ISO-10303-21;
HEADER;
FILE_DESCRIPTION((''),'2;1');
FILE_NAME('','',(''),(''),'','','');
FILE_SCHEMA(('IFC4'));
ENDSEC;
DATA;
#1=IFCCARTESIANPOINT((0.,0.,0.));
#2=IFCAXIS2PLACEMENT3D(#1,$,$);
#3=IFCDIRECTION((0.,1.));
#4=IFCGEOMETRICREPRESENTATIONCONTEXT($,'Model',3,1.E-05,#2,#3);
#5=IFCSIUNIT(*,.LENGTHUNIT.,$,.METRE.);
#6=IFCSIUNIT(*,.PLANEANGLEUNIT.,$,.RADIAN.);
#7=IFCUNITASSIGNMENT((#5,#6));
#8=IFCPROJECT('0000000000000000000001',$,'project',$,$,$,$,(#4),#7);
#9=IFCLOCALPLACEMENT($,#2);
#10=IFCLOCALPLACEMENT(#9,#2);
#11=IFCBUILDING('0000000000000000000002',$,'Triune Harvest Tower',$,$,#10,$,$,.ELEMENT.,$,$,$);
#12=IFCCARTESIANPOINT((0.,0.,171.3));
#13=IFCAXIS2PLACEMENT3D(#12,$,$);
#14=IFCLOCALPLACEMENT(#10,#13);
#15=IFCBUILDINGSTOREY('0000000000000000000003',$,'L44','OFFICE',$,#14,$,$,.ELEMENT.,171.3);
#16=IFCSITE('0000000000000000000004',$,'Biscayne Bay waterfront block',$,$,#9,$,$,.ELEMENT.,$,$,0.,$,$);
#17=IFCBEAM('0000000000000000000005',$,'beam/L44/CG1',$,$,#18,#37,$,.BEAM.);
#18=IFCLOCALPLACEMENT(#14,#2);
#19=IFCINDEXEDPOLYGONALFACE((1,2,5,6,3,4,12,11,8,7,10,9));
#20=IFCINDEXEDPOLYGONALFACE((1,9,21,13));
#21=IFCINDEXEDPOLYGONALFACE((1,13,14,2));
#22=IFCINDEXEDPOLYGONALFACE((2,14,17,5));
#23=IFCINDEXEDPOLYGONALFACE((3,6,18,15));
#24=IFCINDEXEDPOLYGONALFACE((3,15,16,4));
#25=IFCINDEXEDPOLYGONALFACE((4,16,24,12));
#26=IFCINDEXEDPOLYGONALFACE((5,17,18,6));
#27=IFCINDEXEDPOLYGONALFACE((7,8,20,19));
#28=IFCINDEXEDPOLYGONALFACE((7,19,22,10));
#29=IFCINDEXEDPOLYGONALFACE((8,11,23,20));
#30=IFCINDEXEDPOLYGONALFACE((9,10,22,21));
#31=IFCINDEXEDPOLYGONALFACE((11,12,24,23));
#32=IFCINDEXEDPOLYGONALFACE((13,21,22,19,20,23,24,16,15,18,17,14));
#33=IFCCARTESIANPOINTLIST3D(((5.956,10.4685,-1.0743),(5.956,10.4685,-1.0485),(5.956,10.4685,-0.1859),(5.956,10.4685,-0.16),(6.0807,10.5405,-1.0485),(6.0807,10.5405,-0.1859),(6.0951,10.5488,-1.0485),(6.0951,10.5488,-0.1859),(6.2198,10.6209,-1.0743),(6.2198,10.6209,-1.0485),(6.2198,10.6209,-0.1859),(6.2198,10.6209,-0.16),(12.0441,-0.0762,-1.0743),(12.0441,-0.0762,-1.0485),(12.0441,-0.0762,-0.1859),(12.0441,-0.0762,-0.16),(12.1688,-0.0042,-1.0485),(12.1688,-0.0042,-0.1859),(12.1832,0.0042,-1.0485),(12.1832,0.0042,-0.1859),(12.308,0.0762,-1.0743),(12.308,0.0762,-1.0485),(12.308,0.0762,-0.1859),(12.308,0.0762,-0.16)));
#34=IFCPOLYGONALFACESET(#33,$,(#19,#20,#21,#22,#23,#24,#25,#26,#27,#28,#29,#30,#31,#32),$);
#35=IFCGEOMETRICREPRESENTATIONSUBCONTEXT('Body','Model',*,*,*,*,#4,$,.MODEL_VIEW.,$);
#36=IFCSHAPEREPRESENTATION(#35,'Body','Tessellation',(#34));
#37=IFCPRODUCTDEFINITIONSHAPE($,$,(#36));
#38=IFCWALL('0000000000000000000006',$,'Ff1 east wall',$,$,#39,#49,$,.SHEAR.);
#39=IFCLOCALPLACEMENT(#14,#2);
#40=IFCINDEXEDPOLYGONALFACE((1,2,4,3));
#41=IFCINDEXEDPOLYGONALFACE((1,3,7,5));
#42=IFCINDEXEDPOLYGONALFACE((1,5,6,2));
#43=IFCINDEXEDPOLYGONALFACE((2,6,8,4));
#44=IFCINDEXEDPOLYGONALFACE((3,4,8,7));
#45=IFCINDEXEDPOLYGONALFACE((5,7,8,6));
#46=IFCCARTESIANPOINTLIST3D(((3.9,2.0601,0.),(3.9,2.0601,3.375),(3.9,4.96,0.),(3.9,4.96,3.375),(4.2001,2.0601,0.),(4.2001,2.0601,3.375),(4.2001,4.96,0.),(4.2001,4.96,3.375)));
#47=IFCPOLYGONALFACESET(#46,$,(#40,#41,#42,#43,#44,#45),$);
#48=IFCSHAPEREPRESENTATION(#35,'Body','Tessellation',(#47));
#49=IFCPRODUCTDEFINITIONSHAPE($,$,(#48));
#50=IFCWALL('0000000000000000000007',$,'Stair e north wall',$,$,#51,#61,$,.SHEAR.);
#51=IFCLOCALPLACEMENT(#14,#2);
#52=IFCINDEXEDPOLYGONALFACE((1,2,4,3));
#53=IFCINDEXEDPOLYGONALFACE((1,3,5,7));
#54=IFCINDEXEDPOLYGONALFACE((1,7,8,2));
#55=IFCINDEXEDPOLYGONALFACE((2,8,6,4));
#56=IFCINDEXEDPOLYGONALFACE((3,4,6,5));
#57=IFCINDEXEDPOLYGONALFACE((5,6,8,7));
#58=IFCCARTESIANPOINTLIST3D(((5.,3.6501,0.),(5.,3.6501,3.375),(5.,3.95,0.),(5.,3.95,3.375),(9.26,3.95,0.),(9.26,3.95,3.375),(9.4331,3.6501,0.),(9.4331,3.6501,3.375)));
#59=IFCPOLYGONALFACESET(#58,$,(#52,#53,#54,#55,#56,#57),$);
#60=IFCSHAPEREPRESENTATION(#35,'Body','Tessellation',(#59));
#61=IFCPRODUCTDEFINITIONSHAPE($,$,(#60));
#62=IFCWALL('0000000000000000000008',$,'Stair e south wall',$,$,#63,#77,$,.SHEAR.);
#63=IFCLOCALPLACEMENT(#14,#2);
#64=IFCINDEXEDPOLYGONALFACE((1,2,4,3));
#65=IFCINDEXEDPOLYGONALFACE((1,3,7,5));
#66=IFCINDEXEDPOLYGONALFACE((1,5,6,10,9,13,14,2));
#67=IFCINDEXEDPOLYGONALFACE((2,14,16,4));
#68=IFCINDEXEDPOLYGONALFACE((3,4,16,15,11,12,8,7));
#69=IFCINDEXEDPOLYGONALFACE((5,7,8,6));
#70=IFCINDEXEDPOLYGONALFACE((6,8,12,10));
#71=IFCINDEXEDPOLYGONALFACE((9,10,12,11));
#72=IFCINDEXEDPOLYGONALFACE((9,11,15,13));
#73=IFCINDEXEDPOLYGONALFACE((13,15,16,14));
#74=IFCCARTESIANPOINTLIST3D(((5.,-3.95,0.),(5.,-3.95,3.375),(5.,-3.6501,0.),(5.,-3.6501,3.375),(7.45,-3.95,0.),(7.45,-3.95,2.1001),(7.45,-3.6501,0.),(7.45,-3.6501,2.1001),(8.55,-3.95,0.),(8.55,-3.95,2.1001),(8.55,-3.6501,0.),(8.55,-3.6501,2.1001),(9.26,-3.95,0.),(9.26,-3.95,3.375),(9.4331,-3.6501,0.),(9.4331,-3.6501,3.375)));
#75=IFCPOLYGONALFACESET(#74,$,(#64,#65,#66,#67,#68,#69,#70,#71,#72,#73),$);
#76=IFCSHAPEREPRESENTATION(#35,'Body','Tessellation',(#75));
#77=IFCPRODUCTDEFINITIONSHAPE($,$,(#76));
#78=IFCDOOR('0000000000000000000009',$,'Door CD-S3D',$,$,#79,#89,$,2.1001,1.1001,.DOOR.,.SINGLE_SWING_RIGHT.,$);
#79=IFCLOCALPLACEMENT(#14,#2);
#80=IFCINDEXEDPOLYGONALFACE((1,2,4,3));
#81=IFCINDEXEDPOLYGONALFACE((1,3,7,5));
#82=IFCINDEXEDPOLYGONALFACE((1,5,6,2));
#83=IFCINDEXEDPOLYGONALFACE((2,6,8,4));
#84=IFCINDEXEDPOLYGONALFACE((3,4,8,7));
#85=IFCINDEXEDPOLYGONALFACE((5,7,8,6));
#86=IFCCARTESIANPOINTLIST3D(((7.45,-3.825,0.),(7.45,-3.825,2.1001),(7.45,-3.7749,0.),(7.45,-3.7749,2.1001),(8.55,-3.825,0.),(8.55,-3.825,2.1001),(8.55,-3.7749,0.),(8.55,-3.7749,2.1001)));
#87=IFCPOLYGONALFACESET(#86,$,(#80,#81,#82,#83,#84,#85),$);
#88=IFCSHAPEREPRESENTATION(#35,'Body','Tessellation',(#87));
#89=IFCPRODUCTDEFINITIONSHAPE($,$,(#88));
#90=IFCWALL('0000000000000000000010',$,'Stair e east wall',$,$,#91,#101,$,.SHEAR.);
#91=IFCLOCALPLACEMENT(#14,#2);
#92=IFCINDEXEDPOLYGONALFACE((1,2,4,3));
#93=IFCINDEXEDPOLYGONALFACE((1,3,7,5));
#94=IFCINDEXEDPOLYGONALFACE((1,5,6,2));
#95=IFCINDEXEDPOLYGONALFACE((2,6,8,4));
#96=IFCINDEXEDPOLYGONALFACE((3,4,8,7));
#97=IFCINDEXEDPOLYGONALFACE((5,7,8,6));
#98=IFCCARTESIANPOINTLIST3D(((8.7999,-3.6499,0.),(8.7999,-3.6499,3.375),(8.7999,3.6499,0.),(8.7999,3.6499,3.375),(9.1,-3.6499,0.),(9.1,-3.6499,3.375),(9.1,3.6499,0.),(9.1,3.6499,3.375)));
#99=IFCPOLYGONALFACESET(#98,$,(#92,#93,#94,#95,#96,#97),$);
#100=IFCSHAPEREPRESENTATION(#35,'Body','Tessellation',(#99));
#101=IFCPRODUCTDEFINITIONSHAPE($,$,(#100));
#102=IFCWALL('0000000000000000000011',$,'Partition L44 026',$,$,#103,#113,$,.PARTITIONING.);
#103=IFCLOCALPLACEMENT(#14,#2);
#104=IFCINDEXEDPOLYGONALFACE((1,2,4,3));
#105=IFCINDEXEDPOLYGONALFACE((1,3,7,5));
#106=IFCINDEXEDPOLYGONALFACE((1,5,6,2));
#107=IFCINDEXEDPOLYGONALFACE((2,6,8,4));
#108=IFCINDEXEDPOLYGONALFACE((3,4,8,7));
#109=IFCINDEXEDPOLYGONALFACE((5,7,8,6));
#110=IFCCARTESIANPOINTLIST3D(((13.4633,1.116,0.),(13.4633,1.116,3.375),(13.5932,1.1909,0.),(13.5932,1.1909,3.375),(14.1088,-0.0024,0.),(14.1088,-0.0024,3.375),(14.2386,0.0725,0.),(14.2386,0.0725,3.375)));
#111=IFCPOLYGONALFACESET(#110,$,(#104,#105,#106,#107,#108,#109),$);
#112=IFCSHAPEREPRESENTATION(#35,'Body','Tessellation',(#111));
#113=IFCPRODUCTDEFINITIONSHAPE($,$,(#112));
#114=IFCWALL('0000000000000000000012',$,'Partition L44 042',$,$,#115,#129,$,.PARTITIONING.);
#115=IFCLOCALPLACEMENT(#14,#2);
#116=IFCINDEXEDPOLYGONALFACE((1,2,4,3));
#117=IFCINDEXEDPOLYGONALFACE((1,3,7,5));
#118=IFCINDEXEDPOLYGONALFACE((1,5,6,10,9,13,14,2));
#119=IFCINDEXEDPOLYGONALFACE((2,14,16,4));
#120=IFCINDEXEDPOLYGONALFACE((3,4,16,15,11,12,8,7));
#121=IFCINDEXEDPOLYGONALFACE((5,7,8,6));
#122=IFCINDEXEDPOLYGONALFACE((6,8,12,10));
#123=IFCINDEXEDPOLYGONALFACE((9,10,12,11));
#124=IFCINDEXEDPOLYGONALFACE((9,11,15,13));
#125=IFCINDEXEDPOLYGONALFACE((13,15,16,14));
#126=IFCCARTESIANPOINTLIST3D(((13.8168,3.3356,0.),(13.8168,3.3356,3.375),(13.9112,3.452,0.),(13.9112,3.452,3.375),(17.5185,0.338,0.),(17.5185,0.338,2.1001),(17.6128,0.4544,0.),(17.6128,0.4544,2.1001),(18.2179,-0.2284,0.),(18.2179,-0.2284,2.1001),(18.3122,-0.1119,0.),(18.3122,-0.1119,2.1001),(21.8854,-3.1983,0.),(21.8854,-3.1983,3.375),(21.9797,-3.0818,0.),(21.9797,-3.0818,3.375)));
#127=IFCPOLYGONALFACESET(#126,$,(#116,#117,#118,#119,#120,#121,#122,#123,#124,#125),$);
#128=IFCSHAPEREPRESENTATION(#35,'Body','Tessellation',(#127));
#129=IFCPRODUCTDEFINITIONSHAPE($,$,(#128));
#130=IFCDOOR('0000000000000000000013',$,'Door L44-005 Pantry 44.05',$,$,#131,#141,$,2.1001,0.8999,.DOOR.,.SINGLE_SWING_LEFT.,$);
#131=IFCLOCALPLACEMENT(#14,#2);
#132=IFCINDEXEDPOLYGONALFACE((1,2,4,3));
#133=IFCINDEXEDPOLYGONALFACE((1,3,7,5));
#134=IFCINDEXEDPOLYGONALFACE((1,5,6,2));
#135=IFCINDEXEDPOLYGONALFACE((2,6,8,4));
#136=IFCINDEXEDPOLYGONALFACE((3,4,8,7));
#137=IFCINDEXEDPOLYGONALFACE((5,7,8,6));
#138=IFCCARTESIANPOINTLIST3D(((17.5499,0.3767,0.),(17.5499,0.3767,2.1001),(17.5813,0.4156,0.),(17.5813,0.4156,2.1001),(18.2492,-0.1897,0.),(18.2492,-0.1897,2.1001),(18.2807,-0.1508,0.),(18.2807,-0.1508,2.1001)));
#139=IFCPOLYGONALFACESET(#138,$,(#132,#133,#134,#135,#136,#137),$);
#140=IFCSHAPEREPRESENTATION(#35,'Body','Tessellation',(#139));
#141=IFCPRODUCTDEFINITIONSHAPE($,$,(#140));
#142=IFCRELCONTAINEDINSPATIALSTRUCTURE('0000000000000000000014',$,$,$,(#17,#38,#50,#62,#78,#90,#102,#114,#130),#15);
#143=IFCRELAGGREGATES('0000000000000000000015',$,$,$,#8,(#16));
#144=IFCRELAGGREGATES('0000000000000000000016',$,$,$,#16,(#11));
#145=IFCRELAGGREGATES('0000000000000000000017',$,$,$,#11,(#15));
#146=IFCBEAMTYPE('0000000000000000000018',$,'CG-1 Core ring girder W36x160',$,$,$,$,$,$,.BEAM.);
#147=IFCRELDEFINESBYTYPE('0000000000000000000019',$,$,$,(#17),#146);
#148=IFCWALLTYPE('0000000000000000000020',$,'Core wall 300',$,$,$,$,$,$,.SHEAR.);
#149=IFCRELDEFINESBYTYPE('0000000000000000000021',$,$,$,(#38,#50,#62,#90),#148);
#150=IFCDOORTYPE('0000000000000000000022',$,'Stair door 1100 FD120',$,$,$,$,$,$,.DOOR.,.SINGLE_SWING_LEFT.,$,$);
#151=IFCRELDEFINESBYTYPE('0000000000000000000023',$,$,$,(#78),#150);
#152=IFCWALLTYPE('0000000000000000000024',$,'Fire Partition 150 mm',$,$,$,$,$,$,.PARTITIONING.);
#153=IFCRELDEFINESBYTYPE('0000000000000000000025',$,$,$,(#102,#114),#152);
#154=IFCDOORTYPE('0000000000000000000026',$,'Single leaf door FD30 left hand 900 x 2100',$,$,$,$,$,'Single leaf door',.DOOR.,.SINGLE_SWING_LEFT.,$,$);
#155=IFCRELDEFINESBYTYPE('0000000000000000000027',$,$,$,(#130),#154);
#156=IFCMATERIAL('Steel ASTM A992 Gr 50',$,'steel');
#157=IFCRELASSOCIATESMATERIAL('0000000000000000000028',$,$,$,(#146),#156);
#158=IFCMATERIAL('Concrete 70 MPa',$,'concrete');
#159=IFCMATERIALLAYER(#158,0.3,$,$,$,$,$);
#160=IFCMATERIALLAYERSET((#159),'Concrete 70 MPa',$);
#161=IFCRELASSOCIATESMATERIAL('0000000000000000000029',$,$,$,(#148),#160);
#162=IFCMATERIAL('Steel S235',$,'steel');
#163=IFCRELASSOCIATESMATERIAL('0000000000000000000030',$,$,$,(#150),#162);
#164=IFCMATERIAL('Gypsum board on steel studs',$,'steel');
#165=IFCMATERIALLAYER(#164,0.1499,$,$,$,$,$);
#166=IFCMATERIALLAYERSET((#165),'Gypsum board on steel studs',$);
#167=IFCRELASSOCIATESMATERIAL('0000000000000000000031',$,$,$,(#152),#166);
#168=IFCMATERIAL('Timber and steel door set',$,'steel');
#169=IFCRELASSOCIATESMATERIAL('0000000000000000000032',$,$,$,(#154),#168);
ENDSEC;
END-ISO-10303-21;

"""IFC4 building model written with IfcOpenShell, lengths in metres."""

from ifc_helpers import new_model, si_unit, direction, frame, frame_2d, origin, origin_2d, place, context, subcontext, project, spatial, polyline, rectangle, i_section, outline, extrude, source, transform, mapped, material, layer, layer_set, material_profile, profile_set, type_object, element, fill, save


model = new_model("IFC4")

# Units and contexts
model_context = context("Model", 3, precision=1e-05, world=origin(), true_north=direction((0.0, 1.0)))
body_context = subcontext(model_context, "Body", "Model", "MODEL_VIEW")
ifc_project = project(units=[si_unit("LENGTHUNIT", "METRE"), si_unit("PLANEANGLEUNIT", "RADIAN")], contexts=[model_context])

# Site, building, storey
site_placement = place(None, origin())
site = spatial("IfcSite", under=ifc_project, at=site_placement, Name="Biscayne Bay waterfront block", CompositionType="ELEMENT", RefElevation=0.0)
building_placement = place(site_placement, origin())
building = spatial("IfcBuilding", under=site, at=building_placement, Name="Triune Harvest Tower", CompositionType="ELEMENT")
storey_placement = place(building_placement, frame((0.0, 0.0, 171.3)))
storey = spatial("IfcBuildingStorey", under=building, at=storey_placement, Name="L44", Description="OFFICE", CompositionType="ELEMENT", Elevation=171.3)

# Beam
ifc_material_1 = material(Name="Steel ASTM A992 Gr 50", Category="steel")
ifc_material_profile = material_profile(ifc_material_1, i_section(OverallWidth=0.3047, OverallDepth=0.9143, WebThickness=0.0166, FlangeThickness=0.0259, at=origin_2d()), Name="W36x160")
ifc_profile_set = profile_set([ifc_material_profile], Name="Steel ASTM A992 Gr 50")
beam_type = type_object("IfcBeamType", Name="CG-1 Core ring girder W36x160", PredefinedType="BEAM", material=ifc_profile_set)
shared_shape_1 = source(origin(), body_context, "Body", "SweptSolid", [
    extrude(i_section(OverallWidth=0.3047, OverallDepth=0.9143, WebThickness=0.0166, FlangeThickness=0.0259, at=origin_2d()), origin(), (0.0, 0.0, 1.0), 12.176),
])
beam_placement = place(storey_placement, frame((12.176, 0.0, -0.6172), z_axis=(-0.50001, 0.86602, 0.0), x_axis=(-0.86602, -0.50001, 0.0)))
element("IfcBeam", 1, at=beam_placement, inside=storey, type_object=beam_type, Name="beam/L44/CG1", PredefinedType="BEAM", context=body_context, shape_type="MappedRepresentation", body=[
    mapped(shared_shape_1, transform((0.0, 0.0, 0.0), scale=1.0)),
])

# Walls
ifc_material_2 = material(Name="Concrete 70 MPa", Category="concrete")
ifc_layer_1 = layer(ifc_material_2, 0.3)
ifc_layer_set_1 = layer_set([ifc_layer_1], Name="Concrete 70 MPa")
wall_type_1 = type_object("IfcWallType", Name="Core wall 300", PredefinedType="SHEAR", material=ifc_layer_set_1)
wall_1_placement = place(storey_placement, frame((4.05, 2.0601, 0.0), z_axis=(0.0, 0.0, 1.0), x_axis=(0.0, 1.0, 0.0)))
element("IfcWall", 2, at=wall_1_placement, inside=storey, type_object=wall_type_1, Name="Ff1 east wall", PredefinedType="SHEAR", context=body_context, shape_type="SweptSolid", body=[
    extrude(rectangle(XDim=2.8999, YDim=0.3, at=frame_2d((1.45, 0.0))), origin(), (0.0, 0.0, 1.0), 3.375),
])
wall_2_placement = place(storey_placement, frame((5.0, 3.8, 0.0), z_axis=(0.0, 0.0, 1.0), x_axis=(1.0, 0.0, 0.0)))
element("IfcWall", 3, at=wall_2_placement, inside=storey, type_object=wall_type_1, Name="Stair e north wall", PredefinedType="SHEAR", context=body_context, shape_type="SweptSolid", body=[
    extrude(outline(polyline([(0.0, -0.1499), (0.0, 0.1499), (4.26, 0.1499), (4.4331, -0.1499), (0.0, -0.1499)])), origin(), (0.0, 0.0, 1.0), 3.375),
])

# Wall, opening, door
wall_3_placement = place(storey_placement, frame((5.0, -3.8, 0.0), z_axis=(0.0, 0.0, 1.0), x_axis=(1.0, 0.0, 0.0)))
wall_3 = element("IfcWall", 4, at=wall_3_placement, inside=storey, type_object=wall_type_1, Name="Stair e south wall", PredefinedType="SHEAR", context=body_context, shape_type="SweptSolid", body=[
    extrude(outline(polyline([(0.0, -0.1499), (0.0, 0.1499), (4.4331, 0.1499), (4.26, -0.1499), (0.0, -0.1499)])), origin(), (0.0, 0.0, 1.0), 3.375),
])
opening_1_placement = place(wall_3_placement, frame((2.45, 0.0, 0.0)))
opening_1 = element("IfcOpeningElement", 5, at=opening_1_placement, cuts=wall_3, PredefinedType="OPENING", context=body_context, shape_type="SweptSolid", body=[
    extrude(rectangle(XDim=1.1001, YDim=2.1001, at=frame_2d((0.55, 1.05))), frame((0.0, 0.1602, 0.0), z_axis=(0.0, -1.0, 0.0), x_axis=(1.0, 0.0, 0.0)), (0.0, 0.0, 1.0), 0.3201),
])
ifc_material_3 = material(Name="Steel S235", Category="steel")
door_type_1 = type_object("IfcDoorType", Name="Stair door 1100 FD120", OperationType="SINGLE_SWING_LEFT", PredefinedType="DOOR", material=ifc_material_3)
door_1_placement = place(opening_1_placement, frame((1.1001, 0.0, 0.0), z_axis=(0.0, 0.0, 1.0), x_axis=(-1.0, 0.0, 0.0)))
door_1 = element("IfcDoor", 6, at=door_1_placement, inside=storey, type_object=door_type_1, Name="Door CD-S3D", OperationType="SINGLE_SWING_RIGHT", OverallHeight=2.1001, OverallWidth=1.1001, PredefinedType="DOOR", context=body_context, shape_type="SweptSolid", body=[
    extrude(rectangle(XDim=1.1001, YDim=2.1001, at=frame_2d((0.55, 1.05))), frame((0.0, 0.0249, 0.0), z_axis=(0.0, -1.0, 0.0), x_axis=(1.0, 0.0, 0.0)), (0.0, 0.0, 1.0), 0.05),
])
fill(opening_1, door_1)

# Walls
wall_4_placement = place(storey_placement, frame((8.95, -3.6499, 0.0), z_axis=(0.0, 0.0, 1.0), x_axis=(0.0, 1.0, 0.0)))
element("IfcWall", 7, at=wall_4_placement, inside=storey, type_object=wall_type_1, Name="Stair e east wall", PredefinedType="SHEAR", context=body_context, shape_type="SweptSolid", body=[
    extrude(rectangle(XDim=7.2998, YDim=0.3, at=frame_2d((3.6499, 0.0))), origin(), (0.0, 0.0, 1.0), 3.375),
])
ifc_material_4 = material(Name="Gypsum board on steel studs", Category="steel")
ifc_layer_2 = layer(ifc_material_4, 0.1499)
ifc_layer_set_2 = layer_set([ifc_layer_2], Name="Gypsum board on steel studs")
wall_type_2 = type_object("IfcWallType", Name="Fire Partition 150 mm", PredefinedType="PARTITIONING", material=ifc_layer_set_2)
wall_5_placement = place(storey_placement, frame((13.5283, 1.1533, 0.0), z_axis=(0.0, 0.0, 1.0), x_axis=(0.499881, -0.866094, 0.0)))
element("IfcWall", 8, at=wall_5_placement, inside=storey, type_object=wall_type_2, Name="Partition L44 026", PredefinedType="PARTITIONING", context=body_context, shape_type="SweptSolid", body=[
    extrude(rectangle(XDim=1.2913, YDim=0.1499, at=frame_2d((0.6455, 0.0))), origin(), (0.0, 0.0, 1.0), 3.375),
])

# Wall, opening, door
wall_6_placement = place(storey_placement, frame((13.864, 3.3938, 0.0), z_axis=(0.0, 0.0, 1.0), x_axis=(0.777141, -0.629327, 0.0)))
wall_6 = element("IfcWall", 9, at=wall_6_placement, inside=storey, type_object=wall_type_2, Name="Partition L44 042", PredefinedType="PARTITIONING", context=body_context, shape_type="SweptSolid", body=[
    extrude(rectangle(XDim=10.3823, YDim=0.1499, at=frame_2d((5.1912, 0.0))), origin(), (0.0, 0.0, 1.0), 3.375),
])
opening_2_placement = place(wall_6_placement, frame((4.7632, 0.0, 0.0)))
opening_2 = element("IfcOpeningElement", 10, at=opening_2_placement, cuts=wall_6, PredefinedType="OPENING", context=body_context, shape_type="SweptSolid", body=[
    extrude(rectangle(XDim=0.8999, YDim=2.1001, at=frame_2d((0.45, 1.05))), frame((0.0, 0.085, 0.0), z_axis=(0.0, -1.0, 0.0), x_axis=(1.0, 0.0, 0.0)), (0.0, 0.0, 1.0), 0.1699),
])
ifc_material_5 = material(Name="Timber and steel door set", Category="steel")
door_type_2 = type_object("IfcDoorType", Name="Single leaf door FD30 left hand 900 x 2100", ElementType="Single leaf door", OperationType="SINGLE_SWING_LEFT", PredefinedType="DOOR", material=ifc_material_5)
door_2_placement = place(opening_2_placement, origin())
door_2 = element("IfcDoor", 11, at=door_2_placement, inside=storey, type_object=door_type_2, Name="Door L44-005 Pantry 44.05", OperationType="SINGLE_SWING_LEFT", OverallHeight=2.1001, OverallWidth=0.8999, PredefinedType="DOOR", context=body_context, shape_type="SweptSolid", body=[
    extrude(rectangle(XDim=0.8999, YDim=2.1001, at=frame_2d((0.45, 1.05))), frame((0.0, 0.0249, 0.0), z_axis=(0.0, -1.0, 0.0), x_axis=(1.0, 0.0, 0.0)), (0.0, 0.0, 1.0), 0.05),
])
fill(opening_2, door_2)

save(model, "model.ifc")
